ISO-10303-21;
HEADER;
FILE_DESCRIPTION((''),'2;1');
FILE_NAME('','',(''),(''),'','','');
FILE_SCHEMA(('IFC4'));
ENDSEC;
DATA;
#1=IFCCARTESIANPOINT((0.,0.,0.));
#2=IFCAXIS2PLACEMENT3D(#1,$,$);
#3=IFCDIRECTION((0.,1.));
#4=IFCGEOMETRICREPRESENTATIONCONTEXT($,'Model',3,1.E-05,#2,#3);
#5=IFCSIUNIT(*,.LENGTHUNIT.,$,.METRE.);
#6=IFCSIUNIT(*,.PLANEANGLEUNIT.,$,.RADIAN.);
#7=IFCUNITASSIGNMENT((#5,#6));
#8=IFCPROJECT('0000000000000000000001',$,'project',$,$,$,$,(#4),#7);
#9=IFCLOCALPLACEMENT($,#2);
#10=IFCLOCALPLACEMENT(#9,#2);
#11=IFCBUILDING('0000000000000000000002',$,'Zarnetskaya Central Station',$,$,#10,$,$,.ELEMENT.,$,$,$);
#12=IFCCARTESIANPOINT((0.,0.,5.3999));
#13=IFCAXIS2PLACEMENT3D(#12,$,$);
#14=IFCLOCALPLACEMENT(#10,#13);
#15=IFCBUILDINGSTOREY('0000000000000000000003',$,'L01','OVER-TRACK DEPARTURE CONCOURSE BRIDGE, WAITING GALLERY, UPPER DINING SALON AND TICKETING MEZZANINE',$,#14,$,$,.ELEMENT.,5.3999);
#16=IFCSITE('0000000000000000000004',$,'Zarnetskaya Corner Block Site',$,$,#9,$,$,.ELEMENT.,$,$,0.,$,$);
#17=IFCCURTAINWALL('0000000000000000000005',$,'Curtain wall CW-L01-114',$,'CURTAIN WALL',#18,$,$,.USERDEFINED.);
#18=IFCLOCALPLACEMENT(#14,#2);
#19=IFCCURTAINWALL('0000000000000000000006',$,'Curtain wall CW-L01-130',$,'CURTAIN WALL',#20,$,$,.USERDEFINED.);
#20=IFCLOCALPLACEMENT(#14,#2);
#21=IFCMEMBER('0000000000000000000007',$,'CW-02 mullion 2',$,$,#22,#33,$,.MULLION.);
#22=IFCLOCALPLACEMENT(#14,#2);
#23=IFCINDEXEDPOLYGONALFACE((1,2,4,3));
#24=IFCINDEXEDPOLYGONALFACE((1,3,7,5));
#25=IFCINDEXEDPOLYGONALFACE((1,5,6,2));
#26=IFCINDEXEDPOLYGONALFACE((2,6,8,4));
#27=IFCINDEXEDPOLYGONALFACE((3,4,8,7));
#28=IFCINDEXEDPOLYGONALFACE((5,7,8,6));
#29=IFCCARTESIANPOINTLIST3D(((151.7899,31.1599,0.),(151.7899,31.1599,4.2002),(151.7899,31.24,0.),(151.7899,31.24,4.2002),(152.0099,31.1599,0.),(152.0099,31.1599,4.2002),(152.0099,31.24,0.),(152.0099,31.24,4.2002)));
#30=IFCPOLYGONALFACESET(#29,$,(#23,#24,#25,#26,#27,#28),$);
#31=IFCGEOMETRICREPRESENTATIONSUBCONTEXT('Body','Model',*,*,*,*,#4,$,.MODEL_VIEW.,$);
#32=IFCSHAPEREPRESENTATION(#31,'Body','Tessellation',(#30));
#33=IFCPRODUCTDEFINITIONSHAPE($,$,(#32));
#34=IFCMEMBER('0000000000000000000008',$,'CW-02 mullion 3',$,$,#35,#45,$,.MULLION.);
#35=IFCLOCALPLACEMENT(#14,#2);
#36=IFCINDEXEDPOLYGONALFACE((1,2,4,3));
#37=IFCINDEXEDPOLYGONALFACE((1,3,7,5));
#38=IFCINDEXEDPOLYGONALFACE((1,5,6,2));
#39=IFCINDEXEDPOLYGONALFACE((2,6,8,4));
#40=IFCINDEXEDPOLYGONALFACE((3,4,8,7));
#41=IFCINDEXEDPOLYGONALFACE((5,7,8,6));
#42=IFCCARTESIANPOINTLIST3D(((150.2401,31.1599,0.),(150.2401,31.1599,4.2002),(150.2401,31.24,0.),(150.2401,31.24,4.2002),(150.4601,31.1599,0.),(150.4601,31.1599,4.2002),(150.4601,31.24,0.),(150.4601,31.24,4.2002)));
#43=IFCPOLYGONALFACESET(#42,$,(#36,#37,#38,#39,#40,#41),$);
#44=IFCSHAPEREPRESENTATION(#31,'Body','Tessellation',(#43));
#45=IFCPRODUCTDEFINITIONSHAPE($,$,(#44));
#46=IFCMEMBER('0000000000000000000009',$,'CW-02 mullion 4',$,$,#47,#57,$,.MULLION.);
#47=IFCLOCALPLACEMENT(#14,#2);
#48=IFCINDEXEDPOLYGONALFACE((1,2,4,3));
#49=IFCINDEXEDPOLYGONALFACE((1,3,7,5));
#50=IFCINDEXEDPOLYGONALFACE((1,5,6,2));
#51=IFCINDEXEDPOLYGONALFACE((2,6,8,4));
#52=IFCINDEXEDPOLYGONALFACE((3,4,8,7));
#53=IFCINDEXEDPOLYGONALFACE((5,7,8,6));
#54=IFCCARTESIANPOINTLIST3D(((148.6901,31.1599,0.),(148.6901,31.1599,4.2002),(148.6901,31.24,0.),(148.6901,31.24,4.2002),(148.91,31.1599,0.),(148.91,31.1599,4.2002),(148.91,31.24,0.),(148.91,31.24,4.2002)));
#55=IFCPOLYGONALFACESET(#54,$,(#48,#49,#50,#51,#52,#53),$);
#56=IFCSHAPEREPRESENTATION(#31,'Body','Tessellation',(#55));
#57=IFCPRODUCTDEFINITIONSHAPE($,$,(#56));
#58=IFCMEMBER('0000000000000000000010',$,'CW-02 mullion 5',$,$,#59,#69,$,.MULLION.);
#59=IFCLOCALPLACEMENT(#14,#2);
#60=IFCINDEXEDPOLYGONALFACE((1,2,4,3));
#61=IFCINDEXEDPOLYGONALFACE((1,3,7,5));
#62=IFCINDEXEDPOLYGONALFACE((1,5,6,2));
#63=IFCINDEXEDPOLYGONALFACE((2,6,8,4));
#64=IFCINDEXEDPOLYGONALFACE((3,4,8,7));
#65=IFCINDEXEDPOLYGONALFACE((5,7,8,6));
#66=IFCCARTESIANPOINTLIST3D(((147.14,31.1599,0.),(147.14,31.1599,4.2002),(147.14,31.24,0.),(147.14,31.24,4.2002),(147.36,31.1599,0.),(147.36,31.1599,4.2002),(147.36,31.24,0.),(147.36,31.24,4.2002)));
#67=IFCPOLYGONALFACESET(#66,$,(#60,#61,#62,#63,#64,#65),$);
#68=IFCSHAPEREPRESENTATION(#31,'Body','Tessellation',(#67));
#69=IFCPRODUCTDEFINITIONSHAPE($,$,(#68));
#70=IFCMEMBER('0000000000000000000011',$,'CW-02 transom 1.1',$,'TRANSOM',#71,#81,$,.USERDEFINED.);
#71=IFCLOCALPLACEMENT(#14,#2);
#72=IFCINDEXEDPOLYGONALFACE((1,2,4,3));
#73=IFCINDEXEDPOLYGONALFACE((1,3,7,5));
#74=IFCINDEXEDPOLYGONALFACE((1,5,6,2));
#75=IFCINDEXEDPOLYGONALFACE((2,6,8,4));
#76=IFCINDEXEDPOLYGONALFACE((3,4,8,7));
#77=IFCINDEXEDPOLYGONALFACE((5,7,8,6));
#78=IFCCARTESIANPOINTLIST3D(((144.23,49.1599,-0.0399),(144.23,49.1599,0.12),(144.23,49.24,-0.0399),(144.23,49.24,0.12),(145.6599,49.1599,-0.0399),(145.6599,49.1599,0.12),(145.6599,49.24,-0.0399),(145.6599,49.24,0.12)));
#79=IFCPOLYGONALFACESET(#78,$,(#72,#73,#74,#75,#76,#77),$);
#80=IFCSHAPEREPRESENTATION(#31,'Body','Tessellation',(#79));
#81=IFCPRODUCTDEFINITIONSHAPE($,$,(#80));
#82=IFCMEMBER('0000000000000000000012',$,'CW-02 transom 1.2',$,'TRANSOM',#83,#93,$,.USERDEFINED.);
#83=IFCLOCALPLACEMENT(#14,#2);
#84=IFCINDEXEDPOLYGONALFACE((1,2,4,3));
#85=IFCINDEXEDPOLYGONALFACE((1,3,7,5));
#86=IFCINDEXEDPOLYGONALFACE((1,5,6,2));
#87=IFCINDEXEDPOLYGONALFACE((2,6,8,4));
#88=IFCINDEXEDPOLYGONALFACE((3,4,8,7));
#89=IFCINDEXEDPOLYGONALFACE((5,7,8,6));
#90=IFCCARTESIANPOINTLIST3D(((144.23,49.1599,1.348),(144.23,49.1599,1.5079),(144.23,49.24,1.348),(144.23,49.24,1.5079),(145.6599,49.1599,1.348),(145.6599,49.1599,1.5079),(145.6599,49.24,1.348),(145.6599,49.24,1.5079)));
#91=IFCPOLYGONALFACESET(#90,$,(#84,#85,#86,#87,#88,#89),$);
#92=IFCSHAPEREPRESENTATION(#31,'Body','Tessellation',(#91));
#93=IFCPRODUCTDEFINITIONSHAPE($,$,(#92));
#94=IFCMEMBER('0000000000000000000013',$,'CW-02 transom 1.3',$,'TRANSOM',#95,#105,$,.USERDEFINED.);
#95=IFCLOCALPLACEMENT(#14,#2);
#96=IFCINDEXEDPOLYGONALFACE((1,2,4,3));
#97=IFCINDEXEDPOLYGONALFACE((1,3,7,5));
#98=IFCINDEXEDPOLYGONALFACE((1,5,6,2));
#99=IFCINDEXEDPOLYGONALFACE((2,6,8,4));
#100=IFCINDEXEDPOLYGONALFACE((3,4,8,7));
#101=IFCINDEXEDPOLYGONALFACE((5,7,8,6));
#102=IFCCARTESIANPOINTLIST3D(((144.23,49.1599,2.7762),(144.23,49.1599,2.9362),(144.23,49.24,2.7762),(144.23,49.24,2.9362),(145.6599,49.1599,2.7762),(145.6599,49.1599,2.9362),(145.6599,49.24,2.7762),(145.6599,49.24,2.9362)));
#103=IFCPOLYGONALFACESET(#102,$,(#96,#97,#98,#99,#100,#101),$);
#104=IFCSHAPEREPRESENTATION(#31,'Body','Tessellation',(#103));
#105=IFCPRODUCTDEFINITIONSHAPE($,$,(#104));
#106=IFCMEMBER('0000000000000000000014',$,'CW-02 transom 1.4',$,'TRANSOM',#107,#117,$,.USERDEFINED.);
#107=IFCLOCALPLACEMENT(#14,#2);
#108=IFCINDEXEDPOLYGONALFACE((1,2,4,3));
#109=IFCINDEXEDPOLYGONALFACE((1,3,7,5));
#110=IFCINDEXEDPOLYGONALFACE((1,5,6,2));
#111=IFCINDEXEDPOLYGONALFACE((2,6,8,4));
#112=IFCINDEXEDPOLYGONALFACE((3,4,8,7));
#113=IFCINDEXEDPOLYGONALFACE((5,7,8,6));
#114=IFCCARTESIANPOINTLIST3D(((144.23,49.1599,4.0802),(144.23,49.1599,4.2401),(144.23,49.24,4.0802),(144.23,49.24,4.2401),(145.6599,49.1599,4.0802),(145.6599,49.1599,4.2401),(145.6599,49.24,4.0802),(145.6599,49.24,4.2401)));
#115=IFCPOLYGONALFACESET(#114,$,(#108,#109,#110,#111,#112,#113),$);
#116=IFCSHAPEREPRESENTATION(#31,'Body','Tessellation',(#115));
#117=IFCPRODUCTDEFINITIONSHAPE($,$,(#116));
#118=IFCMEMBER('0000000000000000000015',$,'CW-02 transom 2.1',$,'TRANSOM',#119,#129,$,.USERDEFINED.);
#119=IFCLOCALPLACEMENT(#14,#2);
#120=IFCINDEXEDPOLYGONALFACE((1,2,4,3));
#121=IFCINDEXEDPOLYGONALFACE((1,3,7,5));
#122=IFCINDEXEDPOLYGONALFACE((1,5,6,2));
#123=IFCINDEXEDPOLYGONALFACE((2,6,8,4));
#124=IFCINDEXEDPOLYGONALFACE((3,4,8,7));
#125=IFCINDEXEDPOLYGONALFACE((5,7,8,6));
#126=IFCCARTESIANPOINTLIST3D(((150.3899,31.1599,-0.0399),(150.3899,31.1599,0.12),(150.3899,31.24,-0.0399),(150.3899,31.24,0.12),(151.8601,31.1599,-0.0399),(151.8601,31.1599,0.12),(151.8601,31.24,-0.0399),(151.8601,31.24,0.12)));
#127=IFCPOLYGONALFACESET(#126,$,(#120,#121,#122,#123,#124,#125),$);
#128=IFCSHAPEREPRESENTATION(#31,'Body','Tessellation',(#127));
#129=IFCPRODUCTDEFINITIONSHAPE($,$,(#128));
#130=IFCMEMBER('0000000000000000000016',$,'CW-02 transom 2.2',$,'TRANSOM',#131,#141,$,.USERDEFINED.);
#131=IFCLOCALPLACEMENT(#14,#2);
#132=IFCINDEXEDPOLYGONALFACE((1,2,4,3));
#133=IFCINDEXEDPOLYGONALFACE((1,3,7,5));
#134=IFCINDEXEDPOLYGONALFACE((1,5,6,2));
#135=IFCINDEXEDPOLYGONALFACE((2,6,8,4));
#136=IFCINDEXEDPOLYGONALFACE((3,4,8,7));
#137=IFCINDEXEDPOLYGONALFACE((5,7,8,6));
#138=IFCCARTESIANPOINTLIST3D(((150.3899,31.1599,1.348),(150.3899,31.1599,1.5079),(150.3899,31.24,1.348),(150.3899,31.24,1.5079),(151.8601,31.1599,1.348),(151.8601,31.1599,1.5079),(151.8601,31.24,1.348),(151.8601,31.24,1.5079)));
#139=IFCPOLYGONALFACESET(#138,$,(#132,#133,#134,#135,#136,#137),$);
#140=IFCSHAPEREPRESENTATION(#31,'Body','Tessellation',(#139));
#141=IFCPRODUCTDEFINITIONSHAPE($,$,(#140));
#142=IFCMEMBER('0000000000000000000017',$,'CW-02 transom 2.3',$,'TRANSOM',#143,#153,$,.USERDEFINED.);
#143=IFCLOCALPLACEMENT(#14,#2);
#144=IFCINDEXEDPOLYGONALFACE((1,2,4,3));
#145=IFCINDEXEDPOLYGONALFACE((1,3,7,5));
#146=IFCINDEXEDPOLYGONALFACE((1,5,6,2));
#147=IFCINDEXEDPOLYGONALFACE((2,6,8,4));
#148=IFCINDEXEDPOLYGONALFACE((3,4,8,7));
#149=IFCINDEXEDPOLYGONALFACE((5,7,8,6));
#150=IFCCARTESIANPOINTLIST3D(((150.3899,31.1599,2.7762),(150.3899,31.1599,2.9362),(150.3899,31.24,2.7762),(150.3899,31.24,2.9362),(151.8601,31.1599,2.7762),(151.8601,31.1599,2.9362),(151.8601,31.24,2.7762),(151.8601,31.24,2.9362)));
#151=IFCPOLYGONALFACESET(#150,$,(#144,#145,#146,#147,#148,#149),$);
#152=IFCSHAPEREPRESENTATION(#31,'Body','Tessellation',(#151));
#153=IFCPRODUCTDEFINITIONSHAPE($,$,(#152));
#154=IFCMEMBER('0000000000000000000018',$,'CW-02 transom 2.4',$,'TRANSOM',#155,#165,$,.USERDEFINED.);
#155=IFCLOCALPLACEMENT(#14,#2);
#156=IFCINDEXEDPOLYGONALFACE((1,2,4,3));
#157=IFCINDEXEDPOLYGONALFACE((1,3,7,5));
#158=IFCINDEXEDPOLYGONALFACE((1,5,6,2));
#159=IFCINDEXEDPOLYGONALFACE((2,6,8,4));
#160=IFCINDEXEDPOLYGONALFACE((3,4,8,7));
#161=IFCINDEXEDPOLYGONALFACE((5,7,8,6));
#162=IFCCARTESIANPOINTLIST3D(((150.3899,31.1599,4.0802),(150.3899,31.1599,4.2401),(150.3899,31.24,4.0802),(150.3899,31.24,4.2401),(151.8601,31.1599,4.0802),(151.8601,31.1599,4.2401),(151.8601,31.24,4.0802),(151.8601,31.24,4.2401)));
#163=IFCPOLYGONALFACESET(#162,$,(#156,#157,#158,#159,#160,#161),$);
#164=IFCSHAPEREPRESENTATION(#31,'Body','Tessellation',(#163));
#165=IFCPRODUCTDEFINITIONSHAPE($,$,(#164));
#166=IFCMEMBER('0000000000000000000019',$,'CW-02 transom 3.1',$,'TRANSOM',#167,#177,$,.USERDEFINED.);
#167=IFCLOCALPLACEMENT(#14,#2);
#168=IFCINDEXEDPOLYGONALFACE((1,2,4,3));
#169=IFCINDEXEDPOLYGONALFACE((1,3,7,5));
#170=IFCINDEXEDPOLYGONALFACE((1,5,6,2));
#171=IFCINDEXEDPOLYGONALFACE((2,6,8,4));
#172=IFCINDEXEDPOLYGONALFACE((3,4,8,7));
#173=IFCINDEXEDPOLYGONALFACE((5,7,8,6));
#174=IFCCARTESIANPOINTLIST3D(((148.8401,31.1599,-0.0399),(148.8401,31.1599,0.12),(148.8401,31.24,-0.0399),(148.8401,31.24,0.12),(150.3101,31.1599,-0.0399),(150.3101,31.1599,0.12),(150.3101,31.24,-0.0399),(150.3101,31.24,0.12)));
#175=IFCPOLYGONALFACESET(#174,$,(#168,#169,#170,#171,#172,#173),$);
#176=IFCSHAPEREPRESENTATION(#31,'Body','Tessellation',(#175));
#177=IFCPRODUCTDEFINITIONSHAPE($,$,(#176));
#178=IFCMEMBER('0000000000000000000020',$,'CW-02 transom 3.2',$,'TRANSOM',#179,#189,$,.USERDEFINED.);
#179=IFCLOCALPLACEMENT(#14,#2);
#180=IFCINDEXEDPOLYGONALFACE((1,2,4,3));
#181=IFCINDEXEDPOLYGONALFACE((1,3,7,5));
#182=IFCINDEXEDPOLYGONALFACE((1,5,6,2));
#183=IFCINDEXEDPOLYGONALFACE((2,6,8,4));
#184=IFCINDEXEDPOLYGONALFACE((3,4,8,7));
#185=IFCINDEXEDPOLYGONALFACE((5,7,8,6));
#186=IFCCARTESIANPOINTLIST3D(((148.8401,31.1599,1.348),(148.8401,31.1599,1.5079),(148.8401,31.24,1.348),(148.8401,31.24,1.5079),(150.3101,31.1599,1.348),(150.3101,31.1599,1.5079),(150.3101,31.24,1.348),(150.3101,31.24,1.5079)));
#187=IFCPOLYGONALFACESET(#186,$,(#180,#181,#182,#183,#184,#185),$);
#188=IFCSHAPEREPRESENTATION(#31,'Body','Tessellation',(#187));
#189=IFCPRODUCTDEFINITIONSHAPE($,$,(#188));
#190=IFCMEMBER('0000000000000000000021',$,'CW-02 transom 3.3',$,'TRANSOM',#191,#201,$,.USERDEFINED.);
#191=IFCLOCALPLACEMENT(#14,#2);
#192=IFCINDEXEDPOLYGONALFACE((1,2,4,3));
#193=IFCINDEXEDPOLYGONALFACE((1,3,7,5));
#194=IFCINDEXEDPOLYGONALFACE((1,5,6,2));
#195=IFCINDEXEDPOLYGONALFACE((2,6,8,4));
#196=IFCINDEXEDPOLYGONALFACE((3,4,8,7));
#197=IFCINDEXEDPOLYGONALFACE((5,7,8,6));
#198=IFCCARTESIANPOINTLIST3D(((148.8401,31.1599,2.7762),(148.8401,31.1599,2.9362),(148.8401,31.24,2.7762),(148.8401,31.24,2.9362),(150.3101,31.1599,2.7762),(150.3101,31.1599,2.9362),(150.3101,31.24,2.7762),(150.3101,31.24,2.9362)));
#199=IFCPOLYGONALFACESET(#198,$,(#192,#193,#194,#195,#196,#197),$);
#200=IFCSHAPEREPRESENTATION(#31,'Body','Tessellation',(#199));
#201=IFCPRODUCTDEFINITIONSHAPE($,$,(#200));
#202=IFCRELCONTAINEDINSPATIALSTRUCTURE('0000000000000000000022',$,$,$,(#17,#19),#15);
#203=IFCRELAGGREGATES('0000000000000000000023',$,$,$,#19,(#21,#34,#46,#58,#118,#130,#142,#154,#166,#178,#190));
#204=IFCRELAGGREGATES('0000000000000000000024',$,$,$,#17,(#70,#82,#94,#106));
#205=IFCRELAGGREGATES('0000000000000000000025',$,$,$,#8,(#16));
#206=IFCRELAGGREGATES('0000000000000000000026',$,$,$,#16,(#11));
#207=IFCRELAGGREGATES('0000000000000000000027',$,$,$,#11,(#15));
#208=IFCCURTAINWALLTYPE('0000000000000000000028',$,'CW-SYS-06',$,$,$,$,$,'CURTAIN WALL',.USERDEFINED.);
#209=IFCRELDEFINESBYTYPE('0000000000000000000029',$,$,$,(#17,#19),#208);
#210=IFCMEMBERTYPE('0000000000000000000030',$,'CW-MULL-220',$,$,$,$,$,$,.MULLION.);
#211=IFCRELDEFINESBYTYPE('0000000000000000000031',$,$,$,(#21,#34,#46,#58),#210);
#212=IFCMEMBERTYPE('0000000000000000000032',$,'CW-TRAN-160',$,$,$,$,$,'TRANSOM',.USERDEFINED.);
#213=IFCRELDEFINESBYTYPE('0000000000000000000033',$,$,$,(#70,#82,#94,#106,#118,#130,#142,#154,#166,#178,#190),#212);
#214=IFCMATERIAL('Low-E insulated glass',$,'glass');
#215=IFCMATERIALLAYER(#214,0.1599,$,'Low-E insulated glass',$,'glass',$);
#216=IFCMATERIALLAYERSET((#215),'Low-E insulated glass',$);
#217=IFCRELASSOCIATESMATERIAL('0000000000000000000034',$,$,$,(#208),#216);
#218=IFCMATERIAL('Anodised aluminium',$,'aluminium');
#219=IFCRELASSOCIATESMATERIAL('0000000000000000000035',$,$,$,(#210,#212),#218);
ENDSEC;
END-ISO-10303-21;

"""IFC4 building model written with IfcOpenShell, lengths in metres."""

from ifc_helpers import new_model, si_unit, direction, frame, origin, origin_2d, place, context, subcontext, project, spatial, rectangle, extrude, material, layer, layer_set, material_profile, profile_set, type_object, element, aggregate, save


model = new_model("IFC4")

# Units and contexts
model_context = context("Model", 3, precision=1e-05, world=origin(), true_north=direction((0.0, 1.0)))
body_context = subcontext(model_context, "Body", "Model", "MODEL_VIEW")
ifc_project = project(units=[si_unit("LENGTHUNIT", "METRE"), si_unit("PLANEANGLEUNIT", "RADIAN")], contexts=[model_context])

# Site, building, storey
site_placement = place(None, origin())
site = spatial("IfcSite", under=ifc_project, at=site_placement, Name="Zarnetskaya Corner Block Site", CompositionType="ELEMENT", RefElevation=0.0)
building_placement = place(site_placement, origin())
building = spatial("IfcBuilding", under=site, at=building_placement, Name="Zarnetskaya Central Station", CompositionType="ELEMENT")
storey_placement = place(building_placement, frame((0.0, 0.0, 5.3999)))
storey = spatial("IfcBuildingStorey", under=building, at=storey_placement, Name="L01", Description="OVER-TRACK DEPARTURE CONCOURSE BRIDGE, WAITING GALLERY, UPPER DINING SALON AND TICKETING MEZZANINE", CompositionType="ELEMENT", Elevation=5.3999)

# Curtain wall
ifc_material_1 = material(Name="Low-E insulated glass", Category="glass")
ifc_layer_1 = layer(ifc_material_1, 0.1599, Name="Low-E insulated glass", Category="glass")
ifc_layer_set_1 = layer_set([ifc_layer_1], Name="Low-E insulated glass")
curtain_wall_type = type_object("IfcCurtainWallType", Name="CW-SYS-06", ElementType="CURTAIN WALL", PredefinedType="USERDEFINED", material=ifc_layer_set_1)
curtain_wall_1_placement = place(storey_placement, origin())
curtain_wall_1 = element("IfcCurtainWall", 1, at=curtain_wall_1_placement, inside=storey, type_object=curtain_wall_type, Name="Curtain wall CW-L01-114", ObjectType="CURTAIN WALL", PredefinedType="USERDEFINED")
ifc_material_2 = material(Name="Anodised aluminium", Category="aluminium")
ifc_material_profile_1 = material_profile(ifc_material_2, rectangle(XDim=0.0801, YDim=0.22, at=origin_2d()), Name="ALU MULL 80x220")
ifc_profile_set_1 = profile_set([ifc_material_profile_1], Name="Anodised aluminium")
member_type_1 = type_object("IfcMemberType", Name="CW-MULL-220", PredefinedType="MULLION", material=ifc_profile_set_1)

# Curtain wall, members
curtain_wall_2_placement = place(storey_placement, origin())
curtain_wall_2 = element("IfcCurtainWall", 2, at=curtain_wall_2_placement, inside=storey, type_object=curtain_wall_type, Name="Curtain wall CW-L01-130", ObjectType="CURTAIN WALL", PredefinedType="USERDEFINED")
member_1_placement = place(storey_placement, frame((151.8999, 31.2, 0.0), z_axis=(0.0, 0.0, 1.0), x_axis=(0.0, -1.0, 0.0)))
member_1 = element("IfcMember", 3, at=member_1_placement, type_object=member_type_1, Name="CW-02 mullion 2", PredefinedType="MULLION", context=body_context, shape_type="SweptSolid", body=[
    extrude(rectangle(XDim=0.0801, YDim=0.22, at=origin_2d()), origin(), (0.0, 0.0, 1.0), 4.2002),
])
member_2_placement = place(storey_placement, frame((150.3501, 31.2, 0.0), z_axis=(0.0, 0.0, 1.0), x_axis=(0.0, -1.0, 0.0)))
member_2 = element("IfcMember", 4, at=member_2_placement, type_object=member_type_1, Name="CW-02 mullion 3", PredefinedType="MULLION", context=body_context, shape_type="SweptSolid", body=[
    extrude(rectangle(XDim=0.0801, YDim=0.22, at=origin_2d()), origin(), (0.0, 0.0, 1.0), 4.2002),
])
member_3_placement = place(storey_placement, frame((148.8, 31.2, 0.0), z_axis=(0.0, 0.0, 1.0), x_axis=(0.0, -1.0, 0.0)))
member_3 = element("IfcMember", 5, at=member_3_placement, type_object=member_type_1, Name="CW-02 mullion 4", PredefinedType="MULLION", context=body_context, shape_type="SweptSolid", body=[
    extrude(rectangle(XDim=0.0801, YDim=0.22, at=origin_2d()), origin(), (0.0, 0.0, 1.0), 4.2002),
])
member_4_placement = place(storey_placement, frame((147.25, 31.2, 0.0), z_axis=(0.0, 0.0, 1.0), x_axis=(0.0, -1.0, 0.0)))
member_4 = element("IfcMember", 6, at=member_4_placement, type_object=member_type_1, Name="CW-02 mullion 5", PredefinedType="MULLION", context=body_context, shape_type="SweptSolid", body=[
    extrude(rectangle(XDim=0.0801, YDim=0.22, at=origin_2d()), origin(), (0.0, 0.0, 1.0), 4.2002),
])

# Members
ifc_material_profile_2 = material_profile(ifc_material_2, rectangle(XDim=0.0801, YDim=0.1599, at=origin_2d()), Name="ALU TRAN 80x160")
ifc_profile_set_2 = profile_set([ifc_material_profile_2], Name="Anodised aluminium")
member_type_2 = type_object("IfcMemberType", Name="CW-TRAN-160", ElementType="TRANSOM", PredefinedType="USERDEFINED", material=ifc_profile_set_2)
member_5_placement = place(storey_placement, frame((144.23, 49.2, 0.04), z_axis=(1.0, 0.0, 0.0), x_axis=(0.0, 1.0, 0.0)))
member_5 = element("IfcMember", 7, at=member_5_placement, type_object=member_type_2, Name="CW-02 transom 1.1", ObjectType="TRANSOM", PredefinedType="USERDEFINED", context=body_context, shape_type="SweptSolid", body=[
    extrude(rectangle(XDim=0.0801, YDim=0.1599, at=origin_2d()), origin(), (0.0, 0.0, 1.0), 1.4299),
])
member_6_placement = place(storey_placement, frame((144.23, 49.2, 1.428), z_axis=(1.0, 0.0, 0.0), x_axis=(0.0, 1.0, 0.0)))
member_6 = element("IfcMember", 8, at=member_6_placement, type_object=member_type_2, Name="CW-02 transom 1.2", ObjectType="TRANSOM", PredefinedType="USERDEFINED", context=body_context, shape_type="SweptSolid", body=[
    extrude(rectangle(XDim=0.0801, YDim=0.1599, at=origin_2d()), origin(), (0.0, 0.0, 1.0), 1.4299),
])
member_7_placement = place(storey_placement, frame((144.23, 49.2, 2.8562), z_axis=(1.0, 0.0, 0.0), x_axis=(0.0, 1.0, 0.0)))
member_7 = element("IfcMember", 9, at=member_7_placement, type_object=member_type_2, Name="CW-02 transom 1.3", ObjectType="TRANSOM", PredefinedType="USERDEFINED", context=body_context, shape_type="SweptSolid", body=[
    extrude(rectangle(XDim=0.0801, YDim=0.1599, at=origin_2d()), origin(), (0.0, 0.0, 1.0), 1.4299),
])
member_8_placement = place(storey_placement, frame((144.23, 49.2, 4.1602), z_axis=(1.0, 0.0, 0.0), x_axis=(0.0, 1.0, 0.0)))
member_8 = element("IfcMember", 10, at=member_8_placement, type_object=member_type_2, Name="CW-02 transom 1.4", ObjectType="TRANSOM", PredefinedType="USERDEFINED", context=body_context, shape_type="SweptSolid", body=[
    extrude(rectangle(XDim=0.0801, YDim=0.1599, at=origin_2d()), origin(), (0.0, 0.0, 1.0), 1.4299),
])
member_9_placement = place(storey_placement, frame((151.8601, 31.2, 0.04), z_axis=(-1.0, 0.0, 0.0), x_axis=(0.0, -1.0, 0.0)))
member_9 = element("IfcMember", 11, at=member_9_placement, type_object=member_type_2, Name="CW-02 transom 2.1", ObjectType="TRANSOM", PredefinedType="USERDEFINED", context=body_context, shape_type="SweptSolid", body=[
    extrude(rectangle(XDim=0.0801, YDim=0.1599, at=origin_2d()), origin(), (0.0, 0.0, 1.0), 1.4702),
])
member_10_placement = place(storey_placement, frame((151.8601, 31.2, 1.428), z_axis=(-1.0, 0.0, 0.0), x_axis=(0.0, -1.0, 0.0)))
member_10 = element("IfcMember", 12, at=member_10_placement, type_object=member_type_2, Name="CW-02 transom 2.2", ObjectType="TRANSOM", PredefinedType="USERDEFINED", context=body_context, shape_type="SweptSolid", body=[
    extrude(rectangle(XDim=0.0801, YDim=0.1599, at=origin_2d()), origin(), (0.0, 0.0, 1.0), 1.4702),
])
member_11_placement = place(storey_placement, frame((151.8601, 31.2, 2.8562), z_axis=(-1.0, 0.0, 0.0), x_axis=(0.0, -1.0, 0.0)))
member_11 = element("IfcMember", 13, at=member_11_placement, type_object=member_type_2, Name="CW-02 transom 2.3", ObjectType="TRANSOM", PredefinedType="USERDEFINED", context=body_context, shape_type="SweptSolid", body=[
    extrude(rectangle(XDim=0.0801, YDim=0.1599, at=origin_2d()), origin(), (0.0, 0.0, 1.0), 1.4702),
])
member_12_placement = place(storey_placement, frame((151.8601, 31.2, 4.1602), z_axis=(-1.0, 0.0, 0.0), x_axis=(0.0, -1.0, 0.0)))
member_12 = element("IfcMember", 14, at=member_12_placement, type_object=member_type_2, Name="CW-02 transom 2.4", ObjectType="TRANSOM", PredefinedType="USERDEFINED", context=body_context, shape_type="SweptSolid", body=[
    extrude(rectangle(XDim=0.0801, YDim=0.1599, at=origin_2d()), origin(), (0.0, 0.0, 1.0), 1.4702),
])
member_13_placement = place(storey_placement, frame((150.3101, 31.2, 0.04), z_axis=(-1.0, 0.0, 0.0), x_axis=(0.0, -1.0, 0.0)))
member_13 = element("IfcMember", 15, at=member_13_placement, type_object=member_type_2, Name="CW-02 transom 3.1", ObjectType="TRANSOM", PredefinedType="USERDEFINED", context=body_context, shape_type="SweptSolid", body=[
    extrude(rectangle(XDim=0.0801, YDim=0.1599, at=origin_2d()), origin(), (0.0, 0.0, 1.0), 1.47),
])
member_14_placement = place(storey_placement, frame((150.3101, 31.2, 1.428), z_axis=(-1.0, 0.0, 0.0), x_axis=(0.0, -1.0, 0.0)))
member_14 = element("IfcMember", 16, at=member_14_placement, type_object=member_type_2, Name="CW-02 transom 3.2", ObjectType="TRANSOM", PredefinedType="USERDEFINED", context=body_context, shape_type="SweptSolid", body=[
    extrude(rectangle(XDim=0.0801, YDim=0.1599, at=origin_2d()), origin(), (0.0, 0.0, 1.0), 1.47),
])
member_15_placement = place(storey_placement, frame((150.3101, 31.2, 2.8562), z_axis=(-1.0, 0.0, 0.0), x_axis=(0.0, -1.0, 0.0)))
member_15 = element("IfcMember", 17, at=member_15_placement, type_object=member_type_2, Name="CW-02 transom 3.3", ObjectType="TRANSOM", PredefinedType="USERDEFINED", context=body_context, shape_type="SweptSolid", body=[
    extrude(rectangle(XDim=0.0801, YDim=0.1599, at=origin_2d()), origin(), (0.0, 0.0, 1.0), 1.47),
])

aggregate(curtain_wall_2, [member_1, member_2, member_3, member_4, member_9, member_10, member_11, member_12, member_13, member_14, member_15])
aggregate(curtain_wall_1, [member_5, member_6, member_7, member_8])

save(model, "model.ifc")
